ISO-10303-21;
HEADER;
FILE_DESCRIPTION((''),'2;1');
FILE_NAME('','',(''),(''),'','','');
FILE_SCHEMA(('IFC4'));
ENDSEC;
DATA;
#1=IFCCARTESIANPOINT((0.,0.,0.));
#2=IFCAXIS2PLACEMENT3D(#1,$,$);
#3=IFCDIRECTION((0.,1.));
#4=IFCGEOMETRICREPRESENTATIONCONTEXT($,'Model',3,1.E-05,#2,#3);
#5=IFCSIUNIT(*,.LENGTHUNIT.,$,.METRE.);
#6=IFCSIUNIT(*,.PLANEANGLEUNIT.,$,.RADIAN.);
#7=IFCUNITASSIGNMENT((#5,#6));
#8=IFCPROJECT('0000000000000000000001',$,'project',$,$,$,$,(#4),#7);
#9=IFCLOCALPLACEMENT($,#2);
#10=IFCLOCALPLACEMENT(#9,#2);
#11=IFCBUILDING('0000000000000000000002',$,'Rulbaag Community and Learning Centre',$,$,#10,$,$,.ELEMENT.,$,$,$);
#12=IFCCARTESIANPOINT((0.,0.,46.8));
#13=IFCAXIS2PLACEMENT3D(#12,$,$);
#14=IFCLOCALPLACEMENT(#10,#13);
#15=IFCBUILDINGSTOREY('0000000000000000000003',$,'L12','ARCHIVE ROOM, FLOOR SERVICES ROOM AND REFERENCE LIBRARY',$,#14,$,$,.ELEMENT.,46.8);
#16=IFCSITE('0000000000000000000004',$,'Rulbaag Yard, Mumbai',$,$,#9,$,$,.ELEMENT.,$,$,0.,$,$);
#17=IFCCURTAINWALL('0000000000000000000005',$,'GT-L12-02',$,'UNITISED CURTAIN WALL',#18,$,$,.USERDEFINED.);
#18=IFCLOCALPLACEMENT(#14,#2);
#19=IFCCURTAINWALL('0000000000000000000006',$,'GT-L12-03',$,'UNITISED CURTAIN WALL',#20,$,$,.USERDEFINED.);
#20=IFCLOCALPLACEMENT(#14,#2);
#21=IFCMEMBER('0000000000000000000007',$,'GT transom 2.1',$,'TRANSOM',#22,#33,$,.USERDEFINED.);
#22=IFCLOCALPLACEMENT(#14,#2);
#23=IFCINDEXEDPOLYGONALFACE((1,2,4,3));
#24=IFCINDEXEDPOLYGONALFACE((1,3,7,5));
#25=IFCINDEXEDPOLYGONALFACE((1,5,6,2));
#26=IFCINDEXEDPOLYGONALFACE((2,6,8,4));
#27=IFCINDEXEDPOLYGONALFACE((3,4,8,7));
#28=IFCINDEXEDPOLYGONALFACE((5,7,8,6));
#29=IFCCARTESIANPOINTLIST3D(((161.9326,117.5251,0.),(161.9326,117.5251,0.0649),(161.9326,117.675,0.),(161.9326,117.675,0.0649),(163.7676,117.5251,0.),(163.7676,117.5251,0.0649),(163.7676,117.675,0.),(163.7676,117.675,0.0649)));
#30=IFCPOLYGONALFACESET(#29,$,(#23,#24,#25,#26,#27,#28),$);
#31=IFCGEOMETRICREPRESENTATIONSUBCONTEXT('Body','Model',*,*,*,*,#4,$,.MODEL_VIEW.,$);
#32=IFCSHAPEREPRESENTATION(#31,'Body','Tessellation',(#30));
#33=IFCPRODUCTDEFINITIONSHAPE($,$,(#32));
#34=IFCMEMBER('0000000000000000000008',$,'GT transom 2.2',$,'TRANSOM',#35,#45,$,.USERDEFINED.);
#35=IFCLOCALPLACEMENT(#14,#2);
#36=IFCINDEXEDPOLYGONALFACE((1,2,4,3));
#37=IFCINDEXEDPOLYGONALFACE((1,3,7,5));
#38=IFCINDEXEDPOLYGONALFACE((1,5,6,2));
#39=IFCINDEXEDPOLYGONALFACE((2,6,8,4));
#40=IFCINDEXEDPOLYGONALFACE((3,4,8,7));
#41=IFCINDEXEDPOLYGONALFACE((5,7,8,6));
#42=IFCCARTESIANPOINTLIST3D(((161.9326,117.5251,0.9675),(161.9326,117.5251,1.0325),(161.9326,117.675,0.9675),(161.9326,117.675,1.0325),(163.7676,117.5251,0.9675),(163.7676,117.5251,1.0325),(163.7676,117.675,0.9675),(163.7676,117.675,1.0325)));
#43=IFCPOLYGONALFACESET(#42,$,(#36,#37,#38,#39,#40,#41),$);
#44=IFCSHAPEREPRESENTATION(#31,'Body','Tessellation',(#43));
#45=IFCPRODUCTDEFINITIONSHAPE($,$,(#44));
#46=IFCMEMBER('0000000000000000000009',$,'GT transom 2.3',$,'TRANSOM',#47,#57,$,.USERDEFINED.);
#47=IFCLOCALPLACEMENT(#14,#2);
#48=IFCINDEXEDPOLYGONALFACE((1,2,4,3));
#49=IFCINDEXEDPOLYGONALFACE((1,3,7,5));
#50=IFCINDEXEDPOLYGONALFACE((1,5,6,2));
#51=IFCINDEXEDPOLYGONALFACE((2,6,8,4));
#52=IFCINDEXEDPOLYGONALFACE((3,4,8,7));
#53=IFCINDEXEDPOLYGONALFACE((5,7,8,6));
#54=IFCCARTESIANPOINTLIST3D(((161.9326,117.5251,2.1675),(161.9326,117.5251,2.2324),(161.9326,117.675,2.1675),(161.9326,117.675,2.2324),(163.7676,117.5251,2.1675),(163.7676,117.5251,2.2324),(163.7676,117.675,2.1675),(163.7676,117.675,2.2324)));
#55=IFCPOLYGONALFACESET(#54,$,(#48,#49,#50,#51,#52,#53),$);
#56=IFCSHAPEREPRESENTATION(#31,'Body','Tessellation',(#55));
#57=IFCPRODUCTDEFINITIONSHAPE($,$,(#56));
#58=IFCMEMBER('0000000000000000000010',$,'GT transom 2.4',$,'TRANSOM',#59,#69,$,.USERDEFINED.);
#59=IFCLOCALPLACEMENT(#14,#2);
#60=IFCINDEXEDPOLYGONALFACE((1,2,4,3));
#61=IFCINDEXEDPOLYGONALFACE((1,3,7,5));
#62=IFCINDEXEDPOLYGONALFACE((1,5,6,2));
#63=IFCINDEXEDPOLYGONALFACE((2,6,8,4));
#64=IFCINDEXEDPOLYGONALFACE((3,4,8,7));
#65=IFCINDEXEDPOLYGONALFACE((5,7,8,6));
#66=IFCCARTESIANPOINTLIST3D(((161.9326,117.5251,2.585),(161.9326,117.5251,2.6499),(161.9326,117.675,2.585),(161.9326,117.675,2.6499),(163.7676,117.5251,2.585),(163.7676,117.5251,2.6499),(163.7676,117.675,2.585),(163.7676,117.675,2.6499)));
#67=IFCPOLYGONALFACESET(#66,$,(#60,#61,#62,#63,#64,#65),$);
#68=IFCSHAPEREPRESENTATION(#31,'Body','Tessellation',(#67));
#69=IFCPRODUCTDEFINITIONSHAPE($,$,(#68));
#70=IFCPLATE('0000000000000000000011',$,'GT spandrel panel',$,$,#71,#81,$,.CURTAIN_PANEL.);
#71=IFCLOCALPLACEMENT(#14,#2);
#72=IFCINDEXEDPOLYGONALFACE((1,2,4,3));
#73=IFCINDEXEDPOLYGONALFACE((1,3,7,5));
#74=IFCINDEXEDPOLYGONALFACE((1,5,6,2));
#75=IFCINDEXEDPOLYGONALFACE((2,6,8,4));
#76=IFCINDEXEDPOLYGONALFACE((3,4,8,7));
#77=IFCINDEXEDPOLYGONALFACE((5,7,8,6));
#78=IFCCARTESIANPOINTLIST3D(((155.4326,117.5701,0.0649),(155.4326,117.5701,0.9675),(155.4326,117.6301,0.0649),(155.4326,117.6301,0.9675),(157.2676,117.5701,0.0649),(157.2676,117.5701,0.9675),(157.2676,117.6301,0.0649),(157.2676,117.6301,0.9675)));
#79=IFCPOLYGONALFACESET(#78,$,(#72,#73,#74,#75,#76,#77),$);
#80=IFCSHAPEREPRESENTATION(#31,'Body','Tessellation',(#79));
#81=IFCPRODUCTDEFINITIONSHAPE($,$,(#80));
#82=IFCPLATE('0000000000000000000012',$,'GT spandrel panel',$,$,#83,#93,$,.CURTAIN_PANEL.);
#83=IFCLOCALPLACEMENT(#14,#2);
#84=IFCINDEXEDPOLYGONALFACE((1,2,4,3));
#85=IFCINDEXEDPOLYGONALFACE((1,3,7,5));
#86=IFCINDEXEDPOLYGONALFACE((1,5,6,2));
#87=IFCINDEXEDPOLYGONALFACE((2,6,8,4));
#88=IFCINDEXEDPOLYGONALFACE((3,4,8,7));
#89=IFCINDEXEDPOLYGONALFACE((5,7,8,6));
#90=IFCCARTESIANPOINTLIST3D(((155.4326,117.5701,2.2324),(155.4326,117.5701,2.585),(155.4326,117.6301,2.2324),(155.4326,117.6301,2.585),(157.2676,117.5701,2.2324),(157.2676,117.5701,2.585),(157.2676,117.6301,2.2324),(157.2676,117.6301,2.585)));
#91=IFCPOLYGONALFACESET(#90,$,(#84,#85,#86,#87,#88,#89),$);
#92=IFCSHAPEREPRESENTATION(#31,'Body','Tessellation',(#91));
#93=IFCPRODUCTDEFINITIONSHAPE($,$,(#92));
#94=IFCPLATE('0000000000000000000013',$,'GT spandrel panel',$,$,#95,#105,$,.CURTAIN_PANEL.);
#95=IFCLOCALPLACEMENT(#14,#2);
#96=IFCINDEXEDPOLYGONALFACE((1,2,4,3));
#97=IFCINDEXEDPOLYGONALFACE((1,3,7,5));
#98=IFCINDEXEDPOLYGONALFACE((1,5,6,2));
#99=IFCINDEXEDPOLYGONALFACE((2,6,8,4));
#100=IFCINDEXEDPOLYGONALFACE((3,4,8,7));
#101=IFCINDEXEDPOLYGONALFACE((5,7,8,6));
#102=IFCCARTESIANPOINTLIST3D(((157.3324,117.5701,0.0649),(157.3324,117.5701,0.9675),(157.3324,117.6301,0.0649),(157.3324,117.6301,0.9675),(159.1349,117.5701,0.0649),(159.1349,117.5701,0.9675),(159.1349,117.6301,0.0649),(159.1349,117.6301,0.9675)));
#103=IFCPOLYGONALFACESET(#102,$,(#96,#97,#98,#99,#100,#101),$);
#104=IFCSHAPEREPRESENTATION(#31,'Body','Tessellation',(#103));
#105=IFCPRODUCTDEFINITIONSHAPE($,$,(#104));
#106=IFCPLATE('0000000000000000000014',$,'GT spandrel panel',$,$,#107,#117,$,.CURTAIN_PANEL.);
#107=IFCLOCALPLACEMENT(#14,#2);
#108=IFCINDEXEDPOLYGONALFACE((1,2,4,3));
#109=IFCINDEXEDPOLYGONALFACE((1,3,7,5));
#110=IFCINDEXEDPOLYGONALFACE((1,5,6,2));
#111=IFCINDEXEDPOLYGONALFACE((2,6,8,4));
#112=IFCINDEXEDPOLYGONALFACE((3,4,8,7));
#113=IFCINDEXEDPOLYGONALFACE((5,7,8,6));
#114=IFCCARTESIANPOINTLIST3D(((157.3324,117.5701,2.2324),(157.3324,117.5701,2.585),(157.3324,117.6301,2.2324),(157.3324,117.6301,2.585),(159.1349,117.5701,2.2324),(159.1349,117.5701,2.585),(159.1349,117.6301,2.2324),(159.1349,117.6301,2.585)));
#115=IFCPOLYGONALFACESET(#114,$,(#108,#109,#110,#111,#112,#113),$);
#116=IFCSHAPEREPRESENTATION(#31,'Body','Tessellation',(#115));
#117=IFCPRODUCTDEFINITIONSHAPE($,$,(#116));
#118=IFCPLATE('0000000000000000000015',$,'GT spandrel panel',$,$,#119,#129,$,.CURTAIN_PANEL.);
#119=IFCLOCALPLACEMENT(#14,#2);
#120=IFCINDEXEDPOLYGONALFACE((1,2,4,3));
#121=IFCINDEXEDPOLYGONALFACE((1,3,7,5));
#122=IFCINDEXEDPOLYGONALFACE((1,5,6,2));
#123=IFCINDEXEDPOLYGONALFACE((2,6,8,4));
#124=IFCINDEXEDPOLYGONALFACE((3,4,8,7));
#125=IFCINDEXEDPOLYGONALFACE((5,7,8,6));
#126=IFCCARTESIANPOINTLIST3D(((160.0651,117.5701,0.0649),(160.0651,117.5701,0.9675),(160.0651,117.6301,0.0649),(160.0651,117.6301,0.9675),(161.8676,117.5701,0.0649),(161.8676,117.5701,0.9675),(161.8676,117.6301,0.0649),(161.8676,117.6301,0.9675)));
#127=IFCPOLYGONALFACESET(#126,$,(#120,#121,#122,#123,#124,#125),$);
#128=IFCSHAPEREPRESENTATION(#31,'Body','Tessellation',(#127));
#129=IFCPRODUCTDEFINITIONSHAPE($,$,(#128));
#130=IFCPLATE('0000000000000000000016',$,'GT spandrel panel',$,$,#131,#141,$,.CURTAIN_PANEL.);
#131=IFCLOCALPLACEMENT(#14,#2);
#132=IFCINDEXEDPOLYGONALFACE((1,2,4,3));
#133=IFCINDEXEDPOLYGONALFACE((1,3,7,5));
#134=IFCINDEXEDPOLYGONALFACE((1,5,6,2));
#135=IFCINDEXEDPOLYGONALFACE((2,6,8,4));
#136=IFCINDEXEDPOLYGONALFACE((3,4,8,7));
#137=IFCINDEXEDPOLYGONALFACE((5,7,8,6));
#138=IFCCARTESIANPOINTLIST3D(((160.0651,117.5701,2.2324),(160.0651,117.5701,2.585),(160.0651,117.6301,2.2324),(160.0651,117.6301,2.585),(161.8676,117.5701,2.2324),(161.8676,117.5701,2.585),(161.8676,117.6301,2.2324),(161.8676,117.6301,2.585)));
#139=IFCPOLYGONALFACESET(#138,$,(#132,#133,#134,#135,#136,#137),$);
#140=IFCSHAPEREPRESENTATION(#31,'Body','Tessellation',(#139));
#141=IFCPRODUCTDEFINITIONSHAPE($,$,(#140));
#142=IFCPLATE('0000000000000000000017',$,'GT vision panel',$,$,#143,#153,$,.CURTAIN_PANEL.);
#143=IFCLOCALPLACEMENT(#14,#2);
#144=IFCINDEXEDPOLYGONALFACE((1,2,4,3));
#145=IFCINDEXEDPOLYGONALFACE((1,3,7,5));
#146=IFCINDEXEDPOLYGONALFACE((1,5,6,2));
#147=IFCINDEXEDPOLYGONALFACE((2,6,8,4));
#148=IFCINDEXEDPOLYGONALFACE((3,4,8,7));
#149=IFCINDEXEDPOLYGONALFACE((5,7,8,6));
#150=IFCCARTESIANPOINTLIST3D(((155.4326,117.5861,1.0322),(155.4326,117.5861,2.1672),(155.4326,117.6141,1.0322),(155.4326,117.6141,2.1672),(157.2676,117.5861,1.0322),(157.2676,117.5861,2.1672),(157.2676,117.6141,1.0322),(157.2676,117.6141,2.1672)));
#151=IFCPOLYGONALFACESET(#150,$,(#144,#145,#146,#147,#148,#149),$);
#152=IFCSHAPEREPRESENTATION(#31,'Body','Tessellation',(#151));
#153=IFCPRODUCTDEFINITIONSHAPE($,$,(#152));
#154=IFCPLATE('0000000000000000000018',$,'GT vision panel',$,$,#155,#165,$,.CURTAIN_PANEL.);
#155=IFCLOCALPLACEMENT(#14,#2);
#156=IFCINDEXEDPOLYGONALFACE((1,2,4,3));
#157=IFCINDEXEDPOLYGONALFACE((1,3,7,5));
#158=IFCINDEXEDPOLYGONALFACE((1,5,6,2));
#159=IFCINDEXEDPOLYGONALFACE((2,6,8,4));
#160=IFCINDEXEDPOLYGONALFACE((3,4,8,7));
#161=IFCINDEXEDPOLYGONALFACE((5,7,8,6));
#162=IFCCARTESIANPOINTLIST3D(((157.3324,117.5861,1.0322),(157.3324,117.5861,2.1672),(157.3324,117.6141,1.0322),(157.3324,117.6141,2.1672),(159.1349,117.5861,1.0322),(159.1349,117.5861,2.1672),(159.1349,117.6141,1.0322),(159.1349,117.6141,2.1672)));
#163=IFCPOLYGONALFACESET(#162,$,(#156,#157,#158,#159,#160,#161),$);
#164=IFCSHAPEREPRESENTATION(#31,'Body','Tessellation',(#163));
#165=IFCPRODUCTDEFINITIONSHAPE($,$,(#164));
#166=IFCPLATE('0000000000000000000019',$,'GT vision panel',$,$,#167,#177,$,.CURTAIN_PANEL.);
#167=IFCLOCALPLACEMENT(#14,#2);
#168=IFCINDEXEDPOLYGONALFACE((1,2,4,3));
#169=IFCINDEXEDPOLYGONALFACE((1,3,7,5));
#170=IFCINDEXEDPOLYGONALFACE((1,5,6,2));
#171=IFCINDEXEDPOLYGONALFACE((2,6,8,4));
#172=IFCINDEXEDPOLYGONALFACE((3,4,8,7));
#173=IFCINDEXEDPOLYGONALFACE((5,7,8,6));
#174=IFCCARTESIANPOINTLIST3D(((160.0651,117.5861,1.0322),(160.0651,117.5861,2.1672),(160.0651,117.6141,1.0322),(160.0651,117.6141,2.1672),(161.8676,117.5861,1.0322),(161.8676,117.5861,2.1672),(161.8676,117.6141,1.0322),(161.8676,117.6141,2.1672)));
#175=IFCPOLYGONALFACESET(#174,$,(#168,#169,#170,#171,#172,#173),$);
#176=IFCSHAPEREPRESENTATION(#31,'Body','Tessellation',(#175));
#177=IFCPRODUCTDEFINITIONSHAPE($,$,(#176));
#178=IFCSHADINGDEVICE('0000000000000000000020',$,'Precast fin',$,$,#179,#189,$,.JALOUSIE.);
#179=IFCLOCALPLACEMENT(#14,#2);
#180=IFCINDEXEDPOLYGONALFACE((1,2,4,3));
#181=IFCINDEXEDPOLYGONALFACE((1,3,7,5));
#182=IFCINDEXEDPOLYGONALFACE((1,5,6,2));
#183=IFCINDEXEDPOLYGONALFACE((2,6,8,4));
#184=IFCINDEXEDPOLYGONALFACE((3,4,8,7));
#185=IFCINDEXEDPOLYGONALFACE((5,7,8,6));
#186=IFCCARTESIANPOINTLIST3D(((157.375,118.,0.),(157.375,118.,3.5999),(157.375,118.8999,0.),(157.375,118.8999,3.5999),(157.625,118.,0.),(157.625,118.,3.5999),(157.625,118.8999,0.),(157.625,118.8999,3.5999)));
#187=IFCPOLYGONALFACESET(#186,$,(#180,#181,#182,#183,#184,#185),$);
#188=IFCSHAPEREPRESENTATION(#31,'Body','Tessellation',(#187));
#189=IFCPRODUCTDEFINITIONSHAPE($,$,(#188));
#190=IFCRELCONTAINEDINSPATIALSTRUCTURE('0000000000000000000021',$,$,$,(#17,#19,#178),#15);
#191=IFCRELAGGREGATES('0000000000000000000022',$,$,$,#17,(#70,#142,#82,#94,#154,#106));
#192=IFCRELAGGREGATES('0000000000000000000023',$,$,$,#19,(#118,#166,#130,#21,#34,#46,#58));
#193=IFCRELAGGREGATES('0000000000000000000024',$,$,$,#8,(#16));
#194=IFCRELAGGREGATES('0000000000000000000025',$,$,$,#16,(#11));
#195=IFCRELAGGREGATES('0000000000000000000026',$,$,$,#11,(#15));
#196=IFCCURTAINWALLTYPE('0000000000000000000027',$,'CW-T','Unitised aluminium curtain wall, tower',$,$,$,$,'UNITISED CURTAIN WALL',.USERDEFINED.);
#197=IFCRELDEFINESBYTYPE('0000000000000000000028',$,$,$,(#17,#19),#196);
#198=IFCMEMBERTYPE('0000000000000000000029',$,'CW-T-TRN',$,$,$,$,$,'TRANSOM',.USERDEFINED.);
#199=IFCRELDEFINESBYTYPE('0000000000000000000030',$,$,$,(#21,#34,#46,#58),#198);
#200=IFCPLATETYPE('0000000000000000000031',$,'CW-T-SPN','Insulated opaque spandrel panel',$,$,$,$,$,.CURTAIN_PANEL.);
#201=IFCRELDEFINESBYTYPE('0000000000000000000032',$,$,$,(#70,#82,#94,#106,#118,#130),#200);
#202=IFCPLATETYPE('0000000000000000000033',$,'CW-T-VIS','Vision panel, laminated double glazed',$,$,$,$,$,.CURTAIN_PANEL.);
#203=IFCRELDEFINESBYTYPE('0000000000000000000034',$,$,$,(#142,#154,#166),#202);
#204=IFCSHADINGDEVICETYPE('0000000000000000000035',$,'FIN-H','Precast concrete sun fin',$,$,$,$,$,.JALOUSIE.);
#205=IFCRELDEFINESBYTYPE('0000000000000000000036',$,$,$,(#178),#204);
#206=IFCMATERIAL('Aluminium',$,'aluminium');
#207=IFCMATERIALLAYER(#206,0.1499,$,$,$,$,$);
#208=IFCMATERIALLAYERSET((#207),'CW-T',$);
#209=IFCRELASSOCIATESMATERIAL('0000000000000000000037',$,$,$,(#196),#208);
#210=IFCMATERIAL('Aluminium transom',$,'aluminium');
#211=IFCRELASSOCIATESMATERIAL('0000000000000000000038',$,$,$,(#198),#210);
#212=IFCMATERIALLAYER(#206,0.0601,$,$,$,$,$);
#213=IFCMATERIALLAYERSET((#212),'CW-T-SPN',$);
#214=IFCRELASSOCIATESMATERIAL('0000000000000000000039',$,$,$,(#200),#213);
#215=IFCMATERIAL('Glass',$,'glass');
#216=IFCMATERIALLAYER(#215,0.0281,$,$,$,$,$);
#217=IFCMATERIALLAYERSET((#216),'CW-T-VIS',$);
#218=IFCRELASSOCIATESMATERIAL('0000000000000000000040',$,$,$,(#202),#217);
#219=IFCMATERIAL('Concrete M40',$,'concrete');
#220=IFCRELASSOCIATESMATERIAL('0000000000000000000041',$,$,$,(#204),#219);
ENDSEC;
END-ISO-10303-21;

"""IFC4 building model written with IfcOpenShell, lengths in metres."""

from ifc_helpers import new_model, si_unit, direction, frame, origin, origin_2d, place, context, subcontext, project, spatial, rectangle, extrude, material, layer, layer_set, material_profile, profile_set, type_object, element, aggregate, save


model = new_model("IFC4")

# Units and contexts
model_context = context("Model", 3, precision=1e-05, world=origin(), true_north=direction((0.0, 1.0)))
body_context = subcontext(model_context, "Body", "Model", "MODEL_VIEW")
ifc_project = project(units=[si_unit("LENGTHUNIT", "METRE"), si_unit("PLANEANGLEUNIT", "RADIAN")], contexts=[model_context])

# Site, building, storey
site_placement = place(None, origin())
site = spatial("IfcSite", under=ifc_project, at=site_placement, Name="Rulbaag Yard, Mumbai", CompositionType="ELEMENT", RefElevation=0.0)
building_placement = place(site_placement, origin())
building = spatial("IfcBuilding", under=site, at=building_placement, Name="Rulbaag Community and Learning Centre", CompositionType="ELEMENT")
storey_placement = place(building_placement, frame((0.0, 0.0, 46.8)))
storey = spatial("IfcBuildingStorey", under=building, at=storey_placement, Name="L12", Description="ARCHIVE ROOM, FLOOR SERVICES ROOM AND REFERENCE LIBRARY", CompositionType="ELEMENT", Elevation=46.8)

# Shared definitions
ifc_material_1 = material(Name="Concrete M40", Category="concrete")

# Curtain walls
ifc_material_2 = material(Name="Aluminium", Category="aluminium")
ifc_layer_1 = layer(ifc_material_2, 0.1499)
ifc_layer_set_1 = layer_set([ifc_layer_1], Name="CW-T")
curtain_wall_type = type_object("IfcCurtainWallType", Name="CW-T", Description="Unitised aluminium curtain wall, tower", ElementType="UNITISED CURTAIN WALL", PredefinedType="USERDEFINED", material=ifc_layer_set_1)
curtain_wall_1_placement = place(storey_placement, origin())
curtain_wall_1 = element("IfcCurtainWall", 1, at=curtain_wall_1_placement, inside=storey, type_object=curtain_wall_type, Name="GT-L12-02", ObjectType="UNITISED CURTAIN WALL", PredefinedType="USERDEFINED")
curtain_wall_2_placement = place(storey_placement, origin())
curtain_wall_2 = element("IfcCurtainWall", 2, at=curtain_wall_2_placement, inside=storey, type_object=curtain_wall_type, Name="GT-L12-03", ObjectType="UNITISED CURTAIN WALL", PredefinedType="USERDEFINED")

# Members
ifc_material_3 = material(Name="Aluminium transom", Category="aluminium")
ifc_material_profile_1 = material_profile(ifc_material_3, rectangle(XDim=0.1499, YDim=0.0649, at=origin_2d()), Name="AL 65x150 T")
ifc_profile_set_1 = profile_set([ifc_material_profile_1], Name="Aluminium transom")
member_type_1 = type_object("IfcMemberType", Name="CW-T-TRN", ElementType="TRANSOM", PredefinedType="USERDEFINED", material=ifc_profile_set_1)
member_1_placement = place(storey_placement, frame((161.9326, 117.6001, 0.0325), z_axis=(1.0, 0.0, 0.0), x_axis=(0.0, 1.0, 0.0)))
member_1 = element("IfcMember", 3, at=member_1_placement, type_object=member_type_1, Name="GT transom 2.1", ObjectType="TRANSOM", PredefinedType="USERDEFINED", context=body_context, shape_type="SweptSolid", body=[
    extrude(rectangle(XDim=0.1499, YDim=0.0649, at=origin_2d()), origin(), (0.0, 0.0, 1.0), 1.835),
])
member_2_placement = place(storey_placement, frame((161.9326, 117.6001, 1.0), z_axis=(1.0, 0.0, 0.0), x_axis=(0.0, 1.0, 0.0)))
member_2 = element("IfcMember", 4, at=member_2_placement, type_object=member_type_1, Name="GT transom 2.2", ObjectType="TRANSOM", PredefinedType="USERDEFINED", context=body_context, shape_type="SweptSolid", body=[
    extrude(rectangle(XDim=0.1499, YDim=0.0649, at=origin_2d()), origin(), (0.0, 0.0, 1.0), 1.835),
])
member_3_placement = place(storey_placement, frame((161.9326, 117.6001, 2.2), z_axis=(1.0, 0.0, 0.0), x_axis=(0.0, 1.0, 0.0)))
member_3 = element("IfcMember", 5, at=member_3_placement, type_object=member_type_1, Name="GT transom 2.3", ObjectType="TRANSOM", PredefinedType="USERDEFINED", context=body_context, shape_type="SweptSolid", body=[
    extrude(rectangle(XDim=0.1499, YDim=0.0649, at=origin_2d()), origin(), (0.0, 0.0, 1.0), 1.835),
])
member_4_placement = place(storey_placement, frame((161.9326, 117.6001, 2.6174), z_axis=(1.0, 0.0, 0.0), x_axis=(0.0, 1.0, 0.0)))
member_4 = element("IfcMember", 6, at=member_4_placement, type_object=member_type_1, Name="GT transom 2.4", ObjectType="TRANSOM", PredefinedType="USERDEFINED", context=body_context, shape_type="SweptSolid", body=[
    extrude(rectangle(XDim=0.1499, YDim=0.0649, at=origin_2d()), origin(), (0.0, 0.0, 1.0), 1.835),
])

# Plates
ifc_layer_2 = layer(ifc_material_2, 0.0601)
ifc_layer_set_2 = layer_set([ifc_layer_2], Name="CW-T-SPN")
plate_type_1 = type_object("IfcPlateType", Name="CW-T-SPN", Description="Insulated opaque spandrel panel", PredefinedType="CURTAIN_PANEL", material=ifc_layer_set_2)
plate_1_placement = place(storey_placement, frame((156.3501, 117.6001, 0.0649), z_axis=(0.0, 0.0, 1.0), x_axis=(1.0, 0.0, 0.0)))
plate_1 = element("IfcPlate", 7, at=plate_1_placement, type_object=plate_type_1, Name="GT spandrel panel", PredefinedType="CURTAIN_PANEL", context=body_context, shape_type="SweptSolid", body=[
    extrude(rectangle(XDim=1.835, YDim=0.0601, at=origin_2d()), origin(), (0.0, 0.0, 1.0), 0.9026),
])
plate_2_placement = place(storey_placement, frame((156.3501, 117.6001, 2.2324), z_axis=(0.0, 0.0, 1.0), x_axis=(1.0, 0.0, 0.0)))
plate_2 = element("IfcPlate", 8, at=plate_2_placement, type_object=plate_type_1, Name="GT spandrel panel", PredefinedType="CURTAIN_PANEL", context=body_context, shape_type="SweptSolid", body=[
    extrude(rectangle(XDim=1.835, YDim=0.0601, at=origin_2d()), origin(), (0.0, 0.0, 1.0), 0.3525),
])
plate_3_placement = place(storey_placement, frame((158.2336, 117.6001, 0.0649), z_axis=(0.0, 0.0, 1.0), x_axis=(1.0, 0.0, 0.0)))
plate_3 = element("IfcPlate", 9, at=plate_3_placement, type_object=plate_type_1, Name="GT spandrel panel", PredefinedType="CURTAIN_PANEL", context=body_context, shape_type="SweptSolid", body=[
    extrude(rectangle(XDim=1.8025, YDim=0.0601, at=origin_2d()), origin(), (0.0, 0.0, 1.0), 0.9026),
])
plate_4_placement = place(storey_placement, frame((158.2336, 117.6001, 2.2324), z_axis=(0.0, 0.0, 1.0), x_axis=(1.0, 0.0, 0.0)))
plate_4 = element("IfcPlate", 10, at=plate_4_placement, type_object=plate_type_1, Name="GT spandrel panel", PredefinedType="CURTAIN_PANEL", context=body_context, shape_type="SweptSolid", body=[
    extrude(rectangle(XDim=1.8025, YDim=0.0601, at=origin_2d()), origin(), (0.0, 0.0, 1.0), 0.3525),
])
plate_5_placement = place(storey_placement, frame((160.9663, 117.6001, 0.0649), z_axis=(0.0, 0.0, 1.0), x_axis=(1.0, 0.0, 0.0)))
plate_5 = element("IfcPlate", 11, at=plate_5_placement, type_object=plate_type_1, Name="GT spandrel panel", PredefinedType="CURTAIN_PANEL", context=body_context, shape_type="SweptSolid", body=[
    extrude(rectangle(XDim=1.8025, YDim=0.0601, at=origin_2d()), origin(), (0.0, 0.0, 1.0), 0.9026),
])
plate_6_placement = place(storey_placement, frame((160.9663, 117.6001, 2.2324), z_axis=(0.0, 0.0, 1.0), x_axis=(1.0, 0.0, 0.0)))
plate_6 = element("IfcPlate", 12, at=plate_6_placement, type_object=plate_type_1, Name="GT spandrel panel", PredefinedType="CURTAIN_PANEL", context=body_context, shape_type="SweptSolid", body=[
    extrude(rectangle(XDim=1.8025, YDim=0.0601, at=origin_2d()), origin(), (0.0, 0.0, 1.0), 0.3525),
])
ifc_material_4 = material(Name="Glass", Category="glass")
ifc_layer_3 = layer(ifc_material_4, 0.0281)
ifc_layer_set_3 = layer_set([ifc_layer_3], Name="CW-T-VIS")
plate_type_2 = type_object("IfcPlateType", Name="CW-T-VIS", Description="Vision panel, laminated double glazed", PredefinedType="CURTAIN_PANEL", material=ifc_layer_set_3)
plate_7_placement = place(storey_placement, frame((156.3501, 117.6001, 1.0322), z_axis=(0.0, 0.0, 1.0), x_axis=(1.0, 0.0, 0.0)))
plate_7 = element("IfcPlate", 13, at=plate_7_placement, type_object=plate_type_2, Name="GT vision panel", PredefinedType="CURTAIN_PANEL", context=body_context, shape_type="SweptSolid", body=[
    extrude(rectangle(XDim=1.835, YDim=0.0281, at=origin_2d()), origin(), (0.0, 0.0, 1.0), 1.135),
])
plate_8_placement = place(storey_placement, frame((158.2336, 117.6001, 1.0322), z_axis=(0.0, 0.0, 1.0), x_axis=(1.0, 0.0, 0.0)))
plate_8 = element("IfcPlate", 14, at=plate_8_placement, type_object=plate_type_2, Name="GT vision panel", PredefinedType="CURTAIN_PANEL", context=body_context, shape_type="SweptSolid", body=[
    extrude(rectangle(XDim=1.8025, YDim=0.0281, at=origin_2d()), origin(), (0.0, 0.0, 1.0), 1.135),
])
aggregate(curtain_wall_1, [plate_1, plate_7, plate_2, plate_3, plate_8, plate_4])
plate_9_placement = place(storey_placement, frame((160.9663, 117.6001, 1.0322), z_axis=(0.0, 0.0, 1.0), x_axis=(1.0, 0.0, 0.0)))
plate_9 = element("IfcPlate", 15, at=plate_9_placement, type_object=plate_type_2, Name="GT vision panel", PredefinedType="CURTAIN_PANEL", context=body_context, shape_type="SweptSolid", body=[
    extrude(rectangle(XDim=1.8025, YDim=0.0281, at=origin_2d()), origin(), (0.0, 0.0, 1.0), 1.135),
])
aggregate(curtain_wall_2, [plate_5, plate_9, plate_6, member_1, member_2, member_3, member_4])

# Shading device
ifc_material_profile_2 = material_profile(ifc_material_1, rectangle(XDim=0.25, YDim=0.8999, at=origin_2d()), Name="PC 250x900")
ifc_profile_set_2 = profile_set([ifc_material_profile_2], Name="Concrete M40")
shading_device_type = type_object("IfcShadingDeviceType", Name="FIN-H", Description="Precast concrete sun fin", PredefinedType="JALOUSIE", material=ifc_profile_set_2)
for number, where, z_axis, x_axis, name in (
    (16, (157.5, 118.45, 0.0), (0.0, 0.0, 1.0), (1.0, 0.0, 0.0), "Precast fin"),
):
    element("IfcShadingDevice", number, at=place(storey_placement, frame(where, z_axis=z_axis, x_axis=x_axis)), inside=storey, type_object=shading_device_type, Name=name, PredefinedType="JALOUSIE", context=body_context, shape_type="SweptSolid", body=[
        extrude(rectangle(XDim=0.25, YDim=0.8999, at=origin_2d()), origin(), (0.0, 0.0, 1.0), 3.5999),
    ])

save(model, "model.ifc")
